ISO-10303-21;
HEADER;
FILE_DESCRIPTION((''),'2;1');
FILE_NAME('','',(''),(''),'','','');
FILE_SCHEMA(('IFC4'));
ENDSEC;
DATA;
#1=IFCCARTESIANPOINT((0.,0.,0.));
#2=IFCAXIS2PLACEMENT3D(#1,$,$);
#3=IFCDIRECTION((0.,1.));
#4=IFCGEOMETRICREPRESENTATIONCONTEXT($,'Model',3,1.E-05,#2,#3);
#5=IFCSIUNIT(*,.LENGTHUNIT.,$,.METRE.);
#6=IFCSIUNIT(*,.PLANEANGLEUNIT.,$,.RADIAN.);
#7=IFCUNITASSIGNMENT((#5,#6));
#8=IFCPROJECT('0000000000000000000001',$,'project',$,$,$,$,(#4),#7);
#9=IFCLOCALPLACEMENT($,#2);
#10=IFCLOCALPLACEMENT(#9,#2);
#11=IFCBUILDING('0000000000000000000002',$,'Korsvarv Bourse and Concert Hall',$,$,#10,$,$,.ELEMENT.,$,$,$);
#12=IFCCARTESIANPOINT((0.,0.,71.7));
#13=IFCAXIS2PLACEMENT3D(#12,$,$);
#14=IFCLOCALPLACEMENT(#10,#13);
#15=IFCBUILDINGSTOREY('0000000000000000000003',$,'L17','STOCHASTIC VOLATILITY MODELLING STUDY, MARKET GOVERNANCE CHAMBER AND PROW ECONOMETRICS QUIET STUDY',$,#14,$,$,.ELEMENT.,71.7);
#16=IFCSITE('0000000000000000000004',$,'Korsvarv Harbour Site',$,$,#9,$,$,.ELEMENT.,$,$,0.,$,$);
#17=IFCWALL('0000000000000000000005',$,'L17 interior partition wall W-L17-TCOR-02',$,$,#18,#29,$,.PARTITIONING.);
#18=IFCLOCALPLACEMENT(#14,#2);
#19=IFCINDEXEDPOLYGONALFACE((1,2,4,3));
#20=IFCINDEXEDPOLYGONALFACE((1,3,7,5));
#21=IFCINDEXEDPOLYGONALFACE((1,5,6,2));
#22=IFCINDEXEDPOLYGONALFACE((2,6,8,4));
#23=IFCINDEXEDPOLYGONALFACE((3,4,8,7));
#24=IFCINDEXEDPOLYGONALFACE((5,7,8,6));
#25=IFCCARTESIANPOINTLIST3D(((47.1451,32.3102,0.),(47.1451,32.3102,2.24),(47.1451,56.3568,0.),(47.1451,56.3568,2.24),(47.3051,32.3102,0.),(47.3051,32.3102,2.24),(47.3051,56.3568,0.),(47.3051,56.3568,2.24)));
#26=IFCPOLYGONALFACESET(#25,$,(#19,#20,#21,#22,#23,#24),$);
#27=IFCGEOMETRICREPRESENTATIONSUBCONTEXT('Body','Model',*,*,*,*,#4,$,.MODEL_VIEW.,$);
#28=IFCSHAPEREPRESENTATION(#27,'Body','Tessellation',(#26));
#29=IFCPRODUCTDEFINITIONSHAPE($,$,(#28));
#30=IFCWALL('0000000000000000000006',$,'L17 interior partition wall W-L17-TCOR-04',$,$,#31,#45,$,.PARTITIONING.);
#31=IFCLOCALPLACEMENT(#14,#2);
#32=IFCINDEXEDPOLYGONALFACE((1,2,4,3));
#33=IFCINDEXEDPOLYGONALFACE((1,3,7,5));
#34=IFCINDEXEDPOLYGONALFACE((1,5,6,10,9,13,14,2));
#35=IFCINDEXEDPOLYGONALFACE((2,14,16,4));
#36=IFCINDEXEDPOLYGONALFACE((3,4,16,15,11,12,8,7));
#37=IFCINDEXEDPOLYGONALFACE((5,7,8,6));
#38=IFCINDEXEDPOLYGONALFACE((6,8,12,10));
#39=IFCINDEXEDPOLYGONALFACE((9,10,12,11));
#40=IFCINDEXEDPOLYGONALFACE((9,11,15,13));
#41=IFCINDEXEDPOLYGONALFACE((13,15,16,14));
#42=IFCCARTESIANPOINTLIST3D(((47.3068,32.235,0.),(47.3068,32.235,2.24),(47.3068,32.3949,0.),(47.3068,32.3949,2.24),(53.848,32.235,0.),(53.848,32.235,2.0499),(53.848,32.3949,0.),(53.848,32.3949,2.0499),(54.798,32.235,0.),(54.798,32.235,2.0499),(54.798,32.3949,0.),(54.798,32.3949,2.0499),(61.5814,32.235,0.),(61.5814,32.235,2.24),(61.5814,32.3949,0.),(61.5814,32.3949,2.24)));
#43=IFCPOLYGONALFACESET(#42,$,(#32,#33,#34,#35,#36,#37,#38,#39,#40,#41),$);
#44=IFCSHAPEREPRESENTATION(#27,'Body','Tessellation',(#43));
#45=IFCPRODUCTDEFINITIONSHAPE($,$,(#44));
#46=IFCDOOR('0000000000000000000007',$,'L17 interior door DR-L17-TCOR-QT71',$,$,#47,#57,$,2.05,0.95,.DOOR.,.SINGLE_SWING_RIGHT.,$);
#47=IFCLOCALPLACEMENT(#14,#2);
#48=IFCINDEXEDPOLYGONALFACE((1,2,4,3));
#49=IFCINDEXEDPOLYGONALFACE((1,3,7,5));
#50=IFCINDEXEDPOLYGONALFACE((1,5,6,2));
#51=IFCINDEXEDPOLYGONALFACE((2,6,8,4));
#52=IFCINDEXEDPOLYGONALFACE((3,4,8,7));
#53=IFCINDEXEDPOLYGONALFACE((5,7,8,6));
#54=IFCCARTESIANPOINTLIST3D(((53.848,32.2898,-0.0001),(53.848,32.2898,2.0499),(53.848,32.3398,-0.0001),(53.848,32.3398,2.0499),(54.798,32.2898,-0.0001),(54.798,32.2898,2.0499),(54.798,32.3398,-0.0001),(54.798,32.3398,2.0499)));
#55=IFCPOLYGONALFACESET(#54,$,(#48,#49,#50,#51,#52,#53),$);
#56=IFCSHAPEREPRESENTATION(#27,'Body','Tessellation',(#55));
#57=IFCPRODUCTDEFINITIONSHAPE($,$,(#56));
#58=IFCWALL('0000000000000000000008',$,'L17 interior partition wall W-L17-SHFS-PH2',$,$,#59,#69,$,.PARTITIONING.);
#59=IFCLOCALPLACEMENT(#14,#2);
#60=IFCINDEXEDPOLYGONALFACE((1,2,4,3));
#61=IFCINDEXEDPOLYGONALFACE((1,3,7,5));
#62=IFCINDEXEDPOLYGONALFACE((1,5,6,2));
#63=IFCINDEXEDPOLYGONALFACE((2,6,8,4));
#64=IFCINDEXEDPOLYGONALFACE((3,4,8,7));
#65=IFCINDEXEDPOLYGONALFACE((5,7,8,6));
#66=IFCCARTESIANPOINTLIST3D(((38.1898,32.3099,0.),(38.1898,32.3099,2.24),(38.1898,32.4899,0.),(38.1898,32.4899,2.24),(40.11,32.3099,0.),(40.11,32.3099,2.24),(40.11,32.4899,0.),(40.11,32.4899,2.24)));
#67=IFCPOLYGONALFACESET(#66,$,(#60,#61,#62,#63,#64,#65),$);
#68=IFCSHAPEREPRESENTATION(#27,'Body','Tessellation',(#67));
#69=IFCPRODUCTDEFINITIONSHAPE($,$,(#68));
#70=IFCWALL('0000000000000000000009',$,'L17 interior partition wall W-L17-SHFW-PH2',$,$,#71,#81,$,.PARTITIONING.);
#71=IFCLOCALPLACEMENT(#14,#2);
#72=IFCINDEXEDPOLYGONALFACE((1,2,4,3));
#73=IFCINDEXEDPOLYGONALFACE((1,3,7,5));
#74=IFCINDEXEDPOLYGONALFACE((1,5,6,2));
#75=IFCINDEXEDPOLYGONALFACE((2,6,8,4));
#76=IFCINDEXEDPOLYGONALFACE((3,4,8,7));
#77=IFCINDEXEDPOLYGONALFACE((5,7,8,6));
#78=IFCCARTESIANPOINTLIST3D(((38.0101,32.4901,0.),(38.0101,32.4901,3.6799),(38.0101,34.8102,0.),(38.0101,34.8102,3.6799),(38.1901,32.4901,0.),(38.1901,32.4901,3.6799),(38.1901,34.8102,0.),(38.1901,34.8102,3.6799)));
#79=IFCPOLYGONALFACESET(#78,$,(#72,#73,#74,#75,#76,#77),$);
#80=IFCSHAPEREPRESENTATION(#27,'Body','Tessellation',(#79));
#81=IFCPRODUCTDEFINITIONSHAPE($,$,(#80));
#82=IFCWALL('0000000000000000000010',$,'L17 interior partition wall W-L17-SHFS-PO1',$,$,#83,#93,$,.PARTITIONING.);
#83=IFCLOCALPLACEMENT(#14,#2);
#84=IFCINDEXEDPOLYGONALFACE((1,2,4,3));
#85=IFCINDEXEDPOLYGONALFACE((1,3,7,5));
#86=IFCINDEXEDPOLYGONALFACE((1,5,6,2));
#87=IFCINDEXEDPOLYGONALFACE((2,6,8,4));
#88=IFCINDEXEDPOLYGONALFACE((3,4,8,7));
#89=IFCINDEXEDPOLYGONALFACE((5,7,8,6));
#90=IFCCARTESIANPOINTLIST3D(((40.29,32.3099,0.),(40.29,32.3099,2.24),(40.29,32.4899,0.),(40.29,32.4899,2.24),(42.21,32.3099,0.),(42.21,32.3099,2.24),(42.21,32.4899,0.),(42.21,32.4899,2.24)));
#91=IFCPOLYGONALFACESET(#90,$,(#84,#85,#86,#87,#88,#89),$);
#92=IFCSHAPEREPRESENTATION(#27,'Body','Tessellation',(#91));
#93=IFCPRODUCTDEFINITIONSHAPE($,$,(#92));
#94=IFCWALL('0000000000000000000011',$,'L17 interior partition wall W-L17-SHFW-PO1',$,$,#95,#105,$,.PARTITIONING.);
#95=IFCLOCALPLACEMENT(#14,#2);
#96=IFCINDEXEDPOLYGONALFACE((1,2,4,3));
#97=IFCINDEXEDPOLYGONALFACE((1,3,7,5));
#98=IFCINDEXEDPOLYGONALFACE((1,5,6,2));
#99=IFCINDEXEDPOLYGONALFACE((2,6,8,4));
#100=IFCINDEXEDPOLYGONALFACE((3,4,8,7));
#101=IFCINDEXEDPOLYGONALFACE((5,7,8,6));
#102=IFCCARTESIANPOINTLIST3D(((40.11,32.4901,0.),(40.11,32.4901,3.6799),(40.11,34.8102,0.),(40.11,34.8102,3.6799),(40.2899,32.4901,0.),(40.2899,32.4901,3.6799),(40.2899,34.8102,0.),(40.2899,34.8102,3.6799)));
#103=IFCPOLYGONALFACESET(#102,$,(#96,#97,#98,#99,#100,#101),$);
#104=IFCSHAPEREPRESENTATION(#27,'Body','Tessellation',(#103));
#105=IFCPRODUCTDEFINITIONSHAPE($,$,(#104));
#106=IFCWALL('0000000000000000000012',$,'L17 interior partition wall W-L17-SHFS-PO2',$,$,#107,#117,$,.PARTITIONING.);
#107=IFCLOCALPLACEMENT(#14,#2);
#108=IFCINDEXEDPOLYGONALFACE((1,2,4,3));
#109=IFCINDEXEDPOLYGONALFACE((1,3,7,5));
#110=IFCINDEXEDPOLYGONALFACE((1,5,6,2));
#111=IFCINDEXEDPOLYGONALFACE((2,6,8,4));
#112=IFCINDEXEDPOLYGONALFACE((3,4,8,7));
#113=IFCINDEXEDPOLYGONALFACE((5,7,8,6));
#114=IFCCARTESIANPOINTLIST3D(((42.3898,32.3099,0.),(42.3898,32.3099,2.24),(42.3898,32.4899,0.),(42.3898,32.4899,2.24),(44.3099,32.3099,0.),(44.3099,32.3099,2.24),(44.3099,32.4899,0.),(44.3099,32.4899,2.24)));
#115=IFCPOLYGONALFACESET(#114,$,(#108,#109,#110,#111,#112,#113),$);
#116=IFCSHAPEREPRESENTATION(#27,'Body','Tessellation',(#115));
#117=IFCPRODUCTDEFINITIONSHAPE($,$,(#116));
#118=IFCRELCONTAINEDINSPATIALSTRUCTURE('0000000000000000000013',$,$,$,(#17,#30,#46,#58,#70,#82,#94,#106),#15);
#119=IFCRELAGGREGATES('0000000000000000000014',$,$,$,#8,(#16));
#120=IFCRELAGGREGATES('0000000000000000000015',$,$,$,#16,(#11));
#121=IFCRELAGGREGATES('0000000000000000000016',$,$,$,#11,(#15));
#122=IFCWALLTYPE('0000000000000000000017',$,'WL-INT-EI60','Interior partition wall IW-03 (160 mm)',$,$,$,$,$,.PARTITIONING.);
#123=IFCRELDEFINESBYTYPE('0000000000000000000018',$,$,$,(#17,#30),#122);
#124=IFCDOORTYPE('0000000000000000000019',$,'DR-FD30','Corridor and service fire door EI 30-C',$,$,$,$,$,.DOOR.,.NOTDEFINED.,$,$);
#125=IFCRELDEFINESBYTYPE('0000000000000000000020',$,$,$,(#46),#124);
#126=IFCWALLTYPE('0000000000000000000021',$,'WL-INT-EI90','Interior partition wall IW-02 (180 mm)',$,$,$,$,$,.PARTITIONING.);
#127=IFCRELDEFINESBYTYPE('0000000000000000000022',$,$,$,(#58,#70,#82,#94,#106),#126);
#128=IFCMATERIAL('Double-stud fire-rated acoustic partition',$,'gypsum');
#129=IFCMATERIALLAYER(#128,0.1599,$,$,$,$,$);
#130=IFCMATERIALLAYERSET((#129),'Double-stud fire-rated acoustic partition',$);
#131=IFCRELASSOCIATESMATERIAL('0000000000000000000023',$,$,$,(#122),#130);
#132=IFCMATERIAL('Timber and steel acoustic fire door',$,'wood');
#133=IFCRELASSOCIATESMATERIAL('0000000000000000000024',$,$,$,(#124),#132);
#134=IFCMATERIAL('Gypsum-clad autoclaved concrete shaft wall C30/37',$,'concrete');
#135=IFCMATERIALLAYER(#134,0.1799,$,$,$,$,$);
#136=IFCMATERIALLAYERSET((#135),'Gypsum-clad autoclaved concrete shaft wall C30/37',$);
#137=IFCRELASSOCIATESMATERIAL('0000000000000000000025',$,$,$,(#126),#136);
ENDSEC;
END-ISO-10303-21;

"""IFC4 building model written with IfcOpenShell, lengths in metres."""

from ifc_helpers import new_model, si_unit, direction, frame, frame_2d, origin, place, context, subcontext, project, spatial, rectangle, extrude, material, layer, layer_set, type_object, element, fill, save


model = new_model("IFC4")

# Units and contexts
model_context = context("Model", 3, precision=1e-05, world=origin(), true_north=direction((0.0, 1.0)))
body_context = subcontext(model_context, "Body", "Model", "MODEL_VIEW")
ifc_project = project(units=[si_unit("LENGTHUNIT", "METRE"), si_unit("PLANEANGLEUNIT", "RADIAN")], contexts=[model_context])

# Site, building, storey
site_placement = place(None, origin())
site = spatial("IfcSite", under=ifc_project, at=site_placement, Name="Korsvarv Harbour Site", CompositionType="ELEMENT", RefElevation=0.0)
building_placement = place(site_placement, origin())
building = spatial("IfcBuilding", under=site, at=building_placement, Name="Korsvarv Bourse and Concert Hall", CompositionType="ELEMENT")
storey_placement = place(building_placement, frame((0.0, 0.0, 71.7)))
storey = spatial("IfcBuildingStorey", under=building, at=storey_placement, Name="L17", Description="STOCHASTIC VOLATILITY MODELLING STUDY, MARKET GOVERNANCE CHAMBER AND PROW ECONOMETRICS QUIET STUDY", CompositionType="ELEMENT", Elevation=71.7)

# Wall
ifc_material_1 = material(Name="Double-stud fire-rated acoustic partition", Category="gypsum")
ifc_layer_1 = layer(ifc_material_1, 0.1599)
ifc_layer_set_1 = layer_set([ifc_layer_1], Name="Double-stud fire-rated acoustic partition")
wall_type_1 = type_object("IfcWallType", Name="WL-INT-EI60", Description="Interior partition wall IW-03 (160 mm)", PredefinedType="PARTITIONING", material=ifc_layer_set_1)
wall_1_placement = place(storey_placement, frame((47.2251, 32.3101, 0.0), z_axis=(0.0, 0.0, 1.0), x_axis=(0.0, 1.0, 0.0)))
element("IfcWall", 1, at=wall_1_placement, inside=storey, type_object=wall_type_1, Name="L17 interior partition wall W-L17-TCOR-02", PredefinedType="PARTITIONING", context=body_context, shape_type="SweptSolid", body=[
    extrude(rectangle(XDim=24.0466, YDim=0.1599, at=frame_2d((12.0234, 0.0))), origin(), (0.0, 0.0, 1.0), 2.24),
])

# Wall, opening, door
wall_2_placement = place(storey_placement, frame((47.3069, 32.3149, 0.0), z_axis=(0.0, 0.0, 1.0), x_axis=(1.0, 0.0, 0.0)))
wall_2 = element("IfcWall", 2, at=wall_2_placement, inside=storey, type_object=wall_type_1, Name="L17 interior partition wall W-L17-TCOR-04", PredefinedType="PARTITIONING", context=body_context, shape_type="SweptSolid", body=[
    extrude(rectangle(XDim=14.2747, YDim=0.1599, at=frame_2d((7.1372, 0.0))), origin(), (0.0, 0.0, 1.0), 2.24),
])
opening_placement = place(wall_2_placement, frame((6.541, 0.0, 0.0)))
opening = element("IfcOpeningElement", 3, at=opening_placement, cuts=wall_2, PredefinedType="OPENING", context=body_context, shape_type="SweptSolid", body=[
    extrude(rectangle(XDim=0.95, YDim=2.05, at=frame_2d((0.4751, 1.0249))), frame((0.0, 0.0898, 0.0), z_axis=(0.0, -1.0, 0.0), x_axis=(1.0, 0.0, 0.0)), (0.0, 0.0, 1.0), 0.1799),
])
ifc_material_2 = material(Name="Timber and steel acoustic fire door", Category="wood")
door_type = type_object("IfcDoorType", Name="DR-FD30", Description="Corridor and service fire door EI 30-C", OperationType="NOTDEFINED", PredefinedType="DOOR", material=ifc_material_2)
door_placement = place(opening_placement, origin())
door = element("IfcDoor", 4, at=door_placement, inside=storey, type_object=door_type, Name="L17 interior door DR-L17-TCOR-QT71", OperationType="SINGLE_SWING_RIGHT", OverallHeight=2.05, OverallWidth=0.95, PredefinedType="DOOR", context=body_context, shape_type="SweptSolid", body=[
    extrude(rectangle(XDim=0.95, YDim=2.05, at=frame_2d((0.4751, 1.0249))), frame((0.0, 0.0249, 0.0), z_axis=(0.0, -1.0, 0.0), x_axis=(1.0, 0.0, 0.0)), (0.0, 0.0, 1.0), 0.05),
])
fill(opening, door)

# Walls
ifc_material_3 = material(Name="Gypsum-clad autoclaved concrete shaft wall C30/37", Category="concrete")
ifc_layer_2 = layer(ifc_material_3, 0.1799)
ifc_layer_set_2 = layer_set([ifc_layer_2], Name="Gypsum-clad autoclaved concrete shaft wall C30/37")
wall_type_2 = type_object("IfcWallType", Name="WL-INT-EI90", Description="Interior partition wall IW-02 (180 mm)", PredefinedType="PARTITIONING", material=ifc_layer_set_2)
wall_3_placement = place(storey_placement, frame((38.1899, 32.3999, 0.0), z_axis=(0.0, 0.0, 1.0), x_axis=(1.0, 0.0, 0.0)))
element("IfcWall", 5, at=wall_3_placement, inside=storey, type_object=wall_type_2, Name="L17 interior partition wall W-L17-SHFS-PH2", PredefinedType="PARTITIONING", context=body_context, shape_type="SweptSolid", body=[
    extrude(rectangle(XDim=1.9202, YDim=0.1799, at=frame_2d((0.96, 0.0))), origin(), (0.0, 0.0, 1.0), 2.24),
])
wall_4_placement = place(storey_placement, frame((38.1001, 32.49, 0.0), z_axis=(0.0, 0.0, 1.0), x_axis=(0.0, 1.0, 0.0)))
element("IfcWall", 6, at=wall_4_placement, inside=storey, type_object=wall_type_2, Name="L17 interior partition wall W-L17-SHFW-PH2", PredefinedType="PARTITIONING", context=body_context, shape_type="SweptSolid", body=[
    extrude(rectangle(XDim=2.3201, YDim=0.1799, at=frame_2d((1.1602, 0.0))), origin(), (0.0, 0.0, 1.0), 3.6799),
])
wall_5_placement = place(storey_placement, frame((40.29, 32.3999, 0.0), z_axis=(0.0, 0.0, 1.0), x_axis=(1.0, 0.0, 0.0)))
element("IfcWall", 7, at=wall_5_placement, inside=storey, type_object=wall_type_2, Name="L17 interior partition wall W-L17-SHFS-PO1", PredefinedType="PARTITIONING", context=body_context, shape_type="SweptSolid", body=[
    extrude(rectangle(XDim=1.9199, YDim=0.1799, at=frame_2d((0.96, 0.0))), origin(), (0.0, 0.0, 1.0), 2.24),
])
wall_6_placement = place(storey_placement, frame((40.2, 32.49, 0.0), z_axis=(0.0, 0.0, 1.0), x_axis=(0.0, 1.0, 0.0)))
element("IfcWall", 8, at=wall_6_placement, inside=storey, type_object=wall_type_2, Name="L17 interior partition wall W-L17-SHFW-PO1", PredefinedType="PARTITIONING", context=body_context, shape_type="SweptSolid", body=[
    extrude(rectangle(XDim=2.3201, YDim=0.1799, at=frame_2d((1.1602, 0.0))), origin(), (0.0, 0.0, 1.0), 3.6799),
])
wall_7_placement = place(storey_placement, frame((42.3899, 32.3999, 0.0), z_axis=(0.0, 0.0, 1.0), x_axis=(1.0, 0.0, 0.0)))
element("IfcWall", 9, at=wall_7_placement, inside=storey, type_object=wall_type_2, Name="L17 interior partition wall W-L17-SHFS-PO2", PredefinedType="PARTITIONING", context=body_context, shape_type="SweptSolid", body=[
    extrude(rectangle(XDim=1.9202, YDim=0.1799, at=frame_2d((0.96, 0.0))), origin(), (0.0, 0.0, 1.0), 2.24),
])

save(model, "model.ifc")
